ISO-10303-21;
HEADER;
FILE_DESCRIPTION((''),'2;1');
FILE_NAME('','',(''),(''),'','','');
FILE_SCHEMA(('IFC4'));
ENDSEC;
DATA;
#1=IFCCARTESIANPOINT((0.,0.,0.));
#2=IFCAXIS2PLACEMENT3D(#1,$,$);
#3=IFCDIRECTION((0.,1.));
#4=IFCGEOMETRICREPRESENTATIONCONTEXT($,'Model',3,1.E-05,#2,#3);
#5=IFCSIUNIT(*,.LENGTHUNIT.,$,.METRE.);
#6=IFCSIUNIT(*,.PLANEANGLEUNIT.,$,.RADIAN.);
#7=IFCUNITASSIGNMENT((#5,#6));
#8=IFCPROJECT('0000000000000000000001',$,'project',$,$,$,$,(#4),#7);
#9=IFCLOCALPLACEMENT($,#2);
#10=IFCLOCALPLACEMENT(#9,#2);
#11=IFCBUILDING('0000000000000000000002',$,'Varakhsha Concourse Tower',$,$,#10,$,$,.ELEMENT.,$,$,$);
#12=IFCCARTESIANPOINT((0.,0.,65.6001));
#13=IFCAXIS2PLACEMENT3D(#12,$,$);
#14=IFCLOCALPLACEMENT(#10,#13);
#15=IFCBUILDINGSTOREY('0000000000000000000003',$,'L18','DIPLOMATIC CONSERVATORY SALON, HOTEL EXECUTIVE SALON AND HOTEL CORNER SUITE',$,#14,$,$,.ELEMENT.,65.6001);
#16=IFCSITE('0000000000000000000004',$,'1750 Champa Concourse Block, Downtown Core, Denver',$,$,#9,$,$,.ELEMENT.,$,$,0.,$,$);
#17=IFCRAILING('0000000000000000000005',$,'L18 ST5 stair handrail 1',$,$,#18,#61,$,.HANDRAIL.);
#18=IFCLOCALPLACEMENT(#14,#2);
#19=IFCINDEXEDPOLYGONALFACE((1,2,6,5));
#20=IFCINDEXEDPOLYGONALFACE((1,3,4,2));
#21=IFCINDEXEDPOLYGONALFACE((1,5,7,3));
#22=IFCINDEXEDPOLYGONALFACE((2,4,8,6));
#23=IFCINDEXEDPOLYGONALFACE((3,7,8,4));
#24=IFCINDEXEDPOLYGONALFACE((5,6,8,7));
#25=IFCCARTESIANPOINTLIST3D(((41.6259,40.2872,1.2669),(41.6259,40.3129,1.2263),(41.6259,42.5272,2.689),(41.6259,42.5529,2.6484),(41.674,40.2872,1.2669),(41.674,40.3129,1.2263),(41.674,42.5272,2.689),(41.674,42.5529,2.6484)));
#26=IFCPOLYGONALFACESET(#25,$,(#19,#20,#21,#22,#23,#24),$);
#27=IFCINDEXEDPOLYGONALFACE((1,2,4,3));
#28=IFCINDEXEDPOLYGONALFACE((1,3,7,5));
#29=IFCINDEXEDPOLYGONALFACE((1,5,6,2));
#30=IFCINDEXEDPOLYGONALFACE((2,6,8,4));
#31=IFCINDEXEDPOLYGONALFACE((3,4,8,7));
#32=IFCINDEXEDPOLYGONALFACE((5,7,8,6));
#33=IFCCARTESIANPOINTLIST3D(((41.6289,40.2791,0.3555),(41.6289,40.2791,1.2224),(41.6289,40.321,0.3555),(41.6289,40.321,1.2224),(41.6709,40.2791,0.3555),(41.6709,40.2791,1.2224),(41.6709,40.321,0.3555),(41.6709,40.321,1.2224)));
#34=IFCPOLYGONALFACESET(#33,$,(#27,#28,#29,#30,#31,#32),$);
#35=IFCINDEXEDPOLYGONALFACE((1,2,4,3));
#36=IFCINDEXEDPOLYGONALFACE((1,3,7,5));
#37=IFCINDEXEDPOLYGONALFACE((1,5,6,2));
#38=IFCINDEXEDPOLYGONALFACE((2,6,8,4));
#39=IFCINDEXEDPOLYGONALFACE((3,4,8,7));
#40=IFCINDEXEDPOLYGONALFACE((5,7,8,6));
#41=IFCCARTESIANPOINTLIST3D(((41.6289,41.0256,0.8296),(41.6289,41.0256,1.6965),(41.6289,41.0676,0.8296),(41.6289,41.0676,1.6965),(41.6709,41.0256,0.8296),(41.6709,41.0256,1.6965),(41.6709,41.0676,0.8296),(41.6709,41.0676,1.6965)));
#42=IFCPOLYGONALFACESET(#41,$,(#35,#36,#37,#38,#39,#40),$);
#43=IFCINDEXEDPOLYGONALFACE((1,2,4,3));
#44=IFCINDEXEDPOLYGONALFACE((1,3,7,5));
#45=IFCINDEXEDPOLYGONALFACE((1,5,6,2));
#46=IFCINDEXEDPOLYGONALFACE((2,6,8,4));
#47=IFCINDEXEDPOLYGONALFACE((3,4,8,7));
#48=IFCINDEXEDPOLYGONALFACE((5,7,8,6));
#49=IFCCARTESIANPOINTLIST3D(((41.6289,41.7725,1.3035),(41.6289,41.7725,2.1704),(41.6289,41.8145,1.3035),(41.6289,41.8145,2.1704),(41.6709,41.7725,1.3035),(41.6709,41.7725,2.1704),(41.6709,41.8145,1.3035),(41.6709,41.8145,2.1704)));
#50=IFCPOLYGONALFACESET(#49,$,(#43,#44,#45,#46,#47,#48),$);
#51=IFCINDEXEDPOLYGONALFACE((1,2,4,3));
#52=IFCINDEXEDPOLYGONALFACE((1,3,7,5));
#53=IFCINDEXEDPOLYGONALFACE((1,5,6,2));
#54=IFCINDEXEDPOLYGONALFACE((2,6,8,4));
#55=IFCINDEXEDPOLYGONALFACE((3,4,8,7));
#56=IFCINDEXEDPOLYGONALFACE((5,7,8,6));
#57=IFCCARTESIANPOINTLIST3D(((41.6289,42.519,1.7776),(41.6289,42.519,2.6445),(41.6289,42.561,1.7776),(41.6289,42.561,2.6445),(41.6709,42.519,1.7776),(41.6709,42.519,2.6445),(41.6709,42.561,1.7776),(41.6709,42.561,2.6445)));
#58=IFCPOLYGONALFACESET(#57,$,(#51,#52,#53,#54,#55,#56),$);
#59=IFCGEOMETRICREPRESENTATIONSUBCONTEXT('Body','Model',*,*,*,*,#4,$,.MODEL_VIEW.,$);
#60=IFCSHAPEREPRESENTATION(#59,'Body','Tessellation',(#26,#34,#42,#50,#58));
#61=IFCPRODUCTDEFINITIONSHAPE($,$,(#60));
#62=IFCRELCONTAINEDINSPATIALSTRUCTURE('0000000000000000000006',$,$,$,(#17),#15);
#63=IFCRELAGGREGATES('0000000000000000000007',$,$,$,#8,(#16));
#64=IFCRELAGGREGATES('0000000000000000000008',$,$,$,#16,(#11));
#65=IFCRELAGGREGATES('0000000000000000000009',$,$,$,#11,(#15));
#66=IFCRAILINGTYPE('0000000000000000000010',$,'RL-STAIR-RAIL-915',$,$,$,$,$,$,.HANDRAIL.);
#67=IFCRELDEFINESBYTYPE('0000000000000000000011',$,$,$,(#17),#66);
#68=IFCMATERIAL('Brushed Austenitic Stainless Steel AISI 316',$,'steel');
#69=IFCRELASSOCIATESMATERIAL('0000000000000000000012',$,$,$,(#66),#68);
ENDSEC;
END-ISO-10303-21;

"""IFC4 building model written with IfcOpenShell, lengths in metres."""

from ifc_helpers import new_model, si_unit, direction, frame, origin, origin_2d, place, context, subcontext, project, spatial, rectangle, extrude, material, type_object, element, save


model = new_model("IFC4")

# Units and contexts
model_context = context("Model", 3, precision=1e-05, world=origin(), true_north=direction((0.0, 1.0)))
body_context = subcontext(model_context, "Body", "Model", "MODEL_VIEW")
ifc_project = project(units=[si_unit("LENGTHUNIT", "METRE"), si_unit("PLANEANGLEUNIT", "RADIAN")], contexts=[model_context])

# Site, building, storey
site_placement = place(None, origin())
site = spatial("IfcSite", under=ifc_project, at=site_placement, Name="1750 Champa Concourse Block, Downtown Core, Denver", CompositionType="ELEMENT", RefElevation=0.0)
building_placement = place(site_placement, origin())
building = spatial("IfcBuilding", under=site, at=building_placement, Name="Varakhsha Concourse Tower", CompositionType="ELEMENT")
storey_placement = place(building_placement, frame((0.0, 0.0, 65.6001)))
storey = spatial("IfcBuildingStorey", under=building, at=storey_placement, Name="L18", Description="DIPLOMATIC CONSERVATORY SALON, HOTEL EXECUTIVE SALON AND HOTEL CORNER SUITE", CompositionType="ELEMENT", Elevation=65.6001)

# Railing
ifc_material_1 = material(Name="Brushed Austenitic Stainless Steel AISI 316", Category="steel")
railing_type_1 = type_object("IfcRailingType", Name="RL-STAIR-RAIL-915", PredefinedType="HANDRAIL", material=ifc_material_1)
railing_1_placement = place(storey_placement, frame((41.6499, 40.3, 0.3555)))
element("IfcRailing", 1, at=railing_1_placement, inside=storey, type_object=railing_type_1, Name="L18 ST5 stair handrail 1", PredefinedType="HANDRAIL", context=body_context, shape_type="SweptSolid", body=[
    extrude(rectangle(XDim=0.0481, YDim=0.0481, at=origin_2d()), frame((0.0, 0.0, 0.8911), z_axis=(0.0, 0.844229, 0.535982), x_axis=(-1.0, 0.0, 0.0)), (0.0, 0.0, 1.0), 2.6533),
    extrude(rectangle(XDim=0.042, YDim=0.042, at=origin_2d()), origin(), (0.0, 0.0, 1.0), 0.8669),
    extrude(rectangle(XDim=0.042, YDim=0.042, at=origin_2d()), frame((0.0, 0.7466, 0.4741)), (0.0, 0.0, 1.0), 0.8669),
    extrude(rectangle(XDim=0.042, YDim=0.042, at=origin_2d()), frame((0.0, 1.4934, 0.948)), (0.0, 0.0, 1.0), 0.8669),
    extrude(rectangle(XDim=0.042, YDim=0.042, at=origin_2d()), frame((0.0, 2.24, 1.4221)), (0.0, 0.0, 1.0), 0.8669),
])

save(model, "model.ifc")
